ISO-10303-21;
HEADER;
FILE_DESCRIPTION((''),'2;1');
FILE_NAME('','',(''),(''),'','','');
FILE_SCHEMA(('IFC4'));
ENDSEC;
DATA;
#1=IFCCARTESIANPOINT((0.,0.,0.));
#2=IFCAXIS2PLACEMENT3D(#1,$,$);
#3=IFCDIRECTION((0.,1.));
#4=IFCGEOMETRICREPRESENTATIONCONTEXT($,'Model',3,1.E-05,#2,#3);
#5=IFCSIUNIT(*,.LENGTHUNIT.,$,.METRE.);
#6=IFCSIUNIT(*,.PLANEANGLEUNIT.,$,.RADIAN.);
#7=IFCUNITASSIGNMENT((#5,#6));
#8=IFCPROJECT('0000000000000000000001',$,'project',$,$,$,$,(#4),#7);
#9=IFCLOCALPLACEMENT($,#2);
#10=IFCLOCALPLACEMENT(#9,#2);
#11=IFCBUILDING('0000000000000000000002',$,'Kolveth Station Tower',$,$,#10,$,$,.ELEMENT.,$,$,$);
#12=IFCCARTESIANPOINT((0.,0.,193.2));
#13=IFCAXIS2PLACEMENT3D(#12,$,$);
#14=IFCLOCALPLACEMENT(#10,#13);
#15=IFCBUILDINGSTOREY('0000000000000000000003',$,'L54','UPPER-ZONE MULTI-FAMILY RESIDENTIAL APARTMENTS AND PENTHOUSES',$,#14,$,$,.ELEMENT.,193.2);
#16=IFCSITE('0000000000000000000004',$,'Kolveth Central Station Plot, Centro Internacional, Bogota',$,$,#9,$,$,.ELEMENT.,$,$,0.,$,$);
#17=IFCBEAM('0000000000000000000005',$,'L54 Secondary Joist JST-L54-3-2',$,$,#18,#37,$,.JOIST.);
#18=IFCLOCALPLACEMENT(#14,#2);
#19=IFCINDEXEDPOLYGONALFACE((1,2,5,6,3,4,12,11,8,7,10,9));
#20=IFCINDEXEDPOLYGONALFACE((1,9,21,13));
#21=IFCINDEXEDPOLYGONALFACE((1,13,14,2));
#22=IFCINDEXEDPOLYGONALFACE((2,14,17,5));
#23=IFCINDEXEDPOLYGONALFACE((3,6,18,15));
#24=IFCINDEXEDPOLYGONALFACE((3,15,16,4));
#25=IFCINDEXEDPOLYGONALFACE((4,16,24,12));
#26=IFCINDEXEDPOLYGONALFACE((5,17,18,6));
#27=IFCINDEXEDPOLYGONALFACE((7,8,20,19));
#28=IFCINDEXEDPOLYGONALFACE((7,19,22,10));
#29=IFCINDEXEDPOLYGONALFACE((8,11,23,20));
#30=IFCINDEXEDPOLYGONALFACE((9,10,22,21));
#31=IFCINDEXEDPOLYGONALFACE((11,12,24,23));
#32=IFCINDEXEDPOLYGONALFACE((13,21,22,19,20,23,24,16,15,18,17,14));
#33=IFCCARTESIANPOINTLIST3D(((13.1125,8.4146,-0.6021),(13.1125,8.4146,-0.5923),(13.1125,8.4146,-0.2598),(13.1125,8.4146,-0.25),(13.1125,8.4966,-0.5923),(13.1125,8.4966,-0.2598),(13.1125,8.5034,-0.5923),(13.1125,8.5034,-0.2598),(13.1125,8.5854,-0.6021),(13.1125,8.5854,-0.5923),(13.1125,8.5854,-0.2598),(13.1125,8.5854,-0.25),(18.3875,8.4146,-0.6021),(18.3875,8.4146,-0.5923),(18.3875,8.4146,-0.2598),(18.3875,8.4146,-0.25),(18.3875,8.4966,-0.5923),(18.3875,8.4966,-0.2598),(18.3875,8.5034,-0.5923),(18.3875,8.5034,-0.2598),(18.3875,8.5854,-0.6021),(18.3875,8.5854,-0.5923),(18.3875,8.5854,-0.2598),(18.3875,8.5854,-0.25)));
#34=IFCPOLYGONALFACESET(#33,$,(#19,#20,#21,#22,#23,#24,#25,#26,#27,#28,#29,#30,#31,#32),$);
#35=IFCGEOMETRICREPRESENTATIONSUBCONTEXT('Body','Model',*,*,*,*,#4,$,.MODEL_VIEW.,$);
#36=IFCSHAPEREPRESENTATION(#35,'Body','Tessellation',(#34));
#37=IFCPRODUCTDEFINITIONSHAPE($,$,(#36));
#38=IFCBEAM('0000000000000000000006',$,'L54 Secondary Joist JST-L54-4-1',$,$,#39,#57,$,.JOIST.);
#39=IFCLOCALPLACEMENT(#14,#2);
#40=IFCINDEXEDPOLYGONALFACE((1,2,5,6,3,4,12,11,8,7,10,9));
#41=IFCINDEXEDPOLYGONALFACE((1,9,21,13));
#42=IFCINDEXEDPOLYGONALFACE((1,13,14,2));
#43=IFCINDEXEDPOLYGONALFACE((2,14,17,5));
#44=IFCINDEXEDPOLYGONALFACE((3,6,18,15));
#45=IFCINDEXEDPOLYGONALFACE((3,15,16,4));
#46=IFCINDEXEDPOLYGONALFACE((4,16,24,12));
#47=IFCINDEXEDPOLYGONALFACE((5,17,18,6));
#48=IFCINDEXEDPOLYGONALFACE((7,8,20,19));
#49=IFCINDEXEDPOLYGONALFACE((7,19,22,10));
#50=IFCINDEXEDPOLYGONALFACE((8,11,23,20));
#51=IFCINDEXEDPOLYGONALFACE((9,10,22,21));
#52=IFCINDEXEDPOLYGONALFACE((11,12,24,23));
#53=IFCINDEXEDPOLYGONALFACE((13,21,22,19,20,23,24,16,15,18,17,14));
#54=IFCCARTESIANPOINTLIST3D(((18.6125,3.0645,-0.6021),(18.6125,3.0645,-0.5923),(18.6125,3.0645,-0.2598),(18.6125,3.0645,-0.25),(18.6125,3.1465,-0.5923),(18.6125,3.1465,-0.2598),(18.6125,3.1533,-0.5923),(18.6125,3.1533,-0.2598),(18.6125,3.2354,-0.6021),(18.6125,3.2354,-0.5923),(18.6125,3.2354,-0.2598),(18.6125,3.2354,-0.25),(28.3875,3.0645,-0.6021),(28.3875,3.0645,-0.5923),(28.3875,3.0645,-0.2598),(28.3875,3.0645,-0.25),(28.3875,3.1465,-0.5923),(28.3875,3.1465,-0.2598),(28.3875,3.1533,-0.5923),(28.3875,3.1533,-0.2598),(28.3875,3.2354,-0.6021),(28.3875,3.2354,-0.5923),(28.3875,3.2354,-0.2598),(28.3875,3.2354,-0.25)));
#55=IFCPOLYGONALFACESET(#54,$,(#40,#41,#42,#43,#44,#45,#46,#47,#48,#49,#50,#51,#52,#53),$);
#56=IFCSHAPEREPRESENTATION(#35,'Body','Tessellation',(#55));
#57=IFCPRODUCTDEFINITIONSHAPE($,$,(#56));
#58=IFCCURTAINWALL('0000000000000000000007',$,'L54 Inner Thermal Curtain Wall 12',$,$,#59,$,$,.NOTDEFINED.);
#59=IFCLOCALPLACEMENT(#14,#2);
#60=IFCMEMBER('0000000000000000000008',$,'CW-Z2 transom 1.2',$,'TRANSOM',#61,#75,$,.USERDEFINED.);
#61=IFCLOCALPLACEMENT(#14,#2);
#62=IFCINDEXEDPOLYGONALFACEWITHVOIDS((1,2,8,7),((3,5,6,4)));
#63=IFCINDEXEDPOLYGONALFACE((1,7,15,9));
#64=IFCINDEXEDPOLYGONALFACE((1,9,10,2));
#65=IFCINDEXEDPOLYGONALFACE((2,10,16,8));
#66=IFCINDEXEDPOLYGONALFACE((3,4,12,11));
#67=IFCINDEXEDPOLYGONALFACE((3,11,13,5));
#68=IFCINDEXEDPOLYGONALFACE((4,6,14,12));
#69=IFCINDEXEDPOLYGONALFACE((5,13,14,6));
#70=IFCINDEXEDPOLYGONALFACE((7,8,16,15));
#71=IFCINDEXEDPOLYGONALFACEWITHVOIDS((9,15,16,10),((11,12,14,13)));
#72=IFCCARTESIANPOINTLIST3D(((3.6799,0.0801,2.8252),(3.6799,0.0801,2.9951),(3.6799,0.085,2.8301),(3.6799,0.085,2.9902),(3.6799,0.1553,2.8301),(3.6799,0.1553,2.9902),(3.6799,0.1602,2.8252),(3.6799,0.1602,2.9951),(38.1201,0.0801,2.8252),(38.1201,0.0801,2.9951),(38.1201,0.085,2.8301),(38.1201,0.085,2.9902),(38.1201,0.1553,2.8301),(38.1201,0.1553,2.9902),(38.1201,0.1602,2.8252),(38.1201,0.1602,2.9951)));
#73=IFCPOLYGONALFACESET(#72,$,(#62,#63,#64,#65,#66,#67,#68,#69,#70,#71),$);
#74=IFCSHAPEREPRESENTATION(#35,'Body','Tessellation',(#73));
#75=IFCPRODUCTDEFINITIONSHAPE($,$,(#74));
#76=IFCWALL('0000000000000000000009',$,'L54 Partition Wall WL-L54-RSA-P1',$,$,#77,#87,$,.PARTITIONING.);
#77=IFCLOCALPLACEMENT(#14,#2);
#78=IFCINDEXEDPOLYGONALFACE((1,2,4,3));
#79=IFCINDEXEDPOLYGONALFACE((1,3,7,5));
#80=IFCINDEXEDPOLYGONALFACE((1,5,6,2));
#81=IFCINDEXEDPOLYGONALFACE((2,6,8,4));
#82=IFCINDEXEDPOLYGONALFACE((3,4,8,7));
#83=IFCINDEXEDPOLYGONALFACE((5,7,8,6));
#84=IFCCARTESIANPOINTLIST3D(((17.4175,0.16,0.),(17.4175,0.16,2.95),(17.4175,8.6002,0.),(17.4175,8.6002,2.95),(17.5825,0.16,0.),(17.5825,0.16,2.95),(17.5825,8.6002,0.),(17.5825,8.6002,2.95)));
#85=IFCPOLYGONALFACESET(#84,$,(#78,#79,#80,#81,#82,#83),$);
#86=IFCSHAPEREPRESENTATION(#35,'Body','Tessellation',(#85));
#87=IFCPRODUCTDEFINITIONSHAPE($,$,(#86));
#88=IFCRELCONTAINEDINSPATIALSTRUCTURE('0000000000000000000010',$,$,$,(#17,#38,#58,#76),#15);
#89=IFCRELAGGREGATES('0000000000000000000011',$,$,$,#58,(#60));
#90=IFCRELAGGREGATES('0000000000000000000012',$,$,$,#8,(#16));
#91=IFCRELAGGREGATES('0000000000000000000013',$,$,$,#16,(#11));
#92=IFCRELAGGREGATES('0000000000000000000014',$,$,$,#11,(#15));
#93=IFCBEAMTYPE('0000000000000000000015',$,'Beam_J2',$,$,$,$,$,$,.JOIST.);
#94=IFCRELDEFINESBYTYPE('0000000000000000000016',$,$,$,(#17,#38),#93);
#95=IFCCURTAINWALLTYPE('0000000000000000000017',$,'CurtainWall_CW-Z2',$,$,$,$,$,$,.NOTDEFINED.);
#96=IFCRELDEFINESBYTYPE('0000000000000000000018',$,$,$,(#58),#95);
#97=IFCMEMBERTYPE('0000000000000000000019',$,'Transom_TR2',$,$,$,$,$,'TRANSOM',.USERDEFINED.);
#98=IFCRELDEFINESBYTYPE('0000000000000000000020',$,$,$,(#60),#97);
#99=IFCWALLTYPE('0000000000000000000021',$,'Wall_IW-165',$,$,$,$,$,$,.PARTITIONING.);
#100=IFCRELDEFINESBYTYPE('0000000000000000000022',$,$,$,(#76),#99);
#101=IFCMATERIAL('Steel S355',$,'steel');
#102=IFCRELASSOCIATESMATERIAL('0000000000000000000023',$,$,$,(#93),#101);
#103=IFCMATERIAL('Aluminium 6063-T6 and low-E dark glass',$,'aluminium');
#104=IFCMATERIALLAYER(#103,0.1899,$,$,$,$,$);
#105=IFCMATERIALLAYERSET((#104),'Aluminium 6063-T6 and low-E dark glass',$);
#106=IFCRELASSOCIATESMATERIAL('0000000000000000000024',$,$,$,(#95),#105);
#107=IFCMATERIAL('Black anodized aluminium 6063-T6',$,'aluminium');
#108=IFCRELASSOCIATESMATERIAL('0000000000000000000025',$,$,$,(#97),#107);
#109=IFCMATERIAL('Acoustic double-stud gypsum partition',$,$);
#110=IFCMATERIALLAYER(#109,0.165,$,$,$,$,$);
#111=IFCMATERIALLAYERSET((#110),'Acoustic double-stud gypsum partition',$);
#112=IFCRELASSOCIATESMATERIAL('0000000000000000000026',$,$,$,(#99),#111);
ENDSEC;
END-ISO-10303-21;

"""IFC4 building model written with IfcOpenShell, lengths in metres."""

from ifc_helpers import new_model, si_unit, direction, frame, frame_2d, origin, origin_2d, place, context, subcontext, project, spatial, rectangle, hollow_rectangle, i_section, extrude, source, transform, mapped, material, layer, layer_set, material_profile, profile_set, type_object, element, aggregate, save


model = new_model("IFC4")

# Units and contexts
model_context = context("Model", 3, precision=1e-05, world=origin(), true_north=direction((0.0, 1.0)))
body_context = subcontext(model_context, "Body", "Model", "MODEL_VIEW")
ifc_project = project(units=[si_unit("LENGTHUNIT", "METRE"), si_unit("PLANEANGLEUNIT", "RADIAN")], contexts=[model_context])

# Site, building, storey
site_placement = place(None, origin())
site = spatial("IfcSite", under=ifc_project, at=site_placement, Name="Kolveth Central Station Plot, Centro Internacional, Bogota", CompositionType="ELEMENT", RefElevation=0.0)
building_placement = place(site_placement, origin())
building = spatial("IfcBuilding", under=site, at=building_placement, Name="Kolveth Station Tower", CompositionType="ELEMENT")
storey_placement = place(building_placement, frame((0.0, 0.0, 193.2)))
storey = spatial("IfcBuildingStorey", under=building, at=storey_placement, Name="L54", Description="UPPER-ZONE MULTI-FAMILY RESIDENTIAL APARTMENTS AND PENTHOUSES", CompositionType="ELEMENT", Elevation=193.2)

# Shared definitions
ifc_material_1 = material(Name="Steel S355", Category="steel")

# Beams
ifc_material_profile_1 = material_profile(ifc_material_1, i_section(OverallWidth=0.1709, OverallDepth=0.3521, WebThickness=0.0068, FlangeThickness=0.0098, at=origin_2d()), Name="W360x44")
ifc_profile_set_1 = profile_set([ifc_material_profile_1], Name="Steel S355")
beam_type_1 = type_object("IfcBeamType", Name="Beam_J2", PredefinedType="JOIST", material=ifc_profile_set_1)
shared_shape_1 = source(origin(), body_context, "Body", "SweptSolid", [
    extrude(i_section(OverallWidth=0.1709, OverallDepth=0.3521, WebThickness=0.0068, FlangeThickness=0.0098, at=origin_2d()), origin(), (0.0, 0.0, 1.0), 5.2749),
])
for number, where, z_axis, x_axis, name in (
    (1, (13.1125, 8.5, -0.426), (1.0, 0.0, 0.0), (0.0, 1.0, 0.0), "L54 Secondary Joist JST-L54-3-2"),
):
    element("IfcBeam", number, at=place(storey_placement, frame(where, z_axis=z_axis, x_axis=x_axis)), inside=storey, type_object=beam_type_1, Name=name, PredefinedType="JOIST", context=body_context, shape_type="MappedRepresentation", body=[
        mapped(shared_shape_1, transform((0.0, 0.0, 0.0), x_axis=(1.0, 0.0, 0.0), y_axis=(0.0, 1.0, 0.0), z_axis=(0.0, 0.0, 1.0), scale=1.0)),
    ])
shared_shape_2 = source(origin(), body_context, "Body", "SweptSolid", [
    extrude(i_section(OverallWidth=0.1709, OverallDepth=0.3521, WebThickness=0.0068, FlangeThickness=0.0098, at=origin_2d()), origin(), (0.0, 0.0, 1.0), 9.7749),
])
beam_1_placement = place(storey_placement, frame((18.6125, 3.1499, -0.426), z_axis=(1.0, 0.0, 0.0), x_axis=(0.0, 1.0, 0.0)))
element("IfcBeam", 2, at=beam_1_placement, inside=storey, type_object=beam_type_1, Name="L54 Secondary Joist JST-L54-4-1", PredefinedType="JOIST", context=body_context, shape_type="MappedRepresentation", body=[
    mapped(shared_shape_2, transform((0.0, 0.0, 0.0), x_axis=(1.0, 0.0, 0.0), y_axis=(0.0, 1.0, 0.0), z_axis=(0.0, 0.0, 1.0), scale=1.0)),
])

# Curtain wall, member
ifc_material_2 = material(Name="Aluminium 6063-T6 and low-E dark glass", Category="aluminium")
ifc_layer_1 = layer(ifc_material_2, 0.1899)
ifc_layer_set_1 = layer_set([ifc_layer_1], Name="Aluminium 6063-T6 and low-E dark glass")
curtain_wall_type = type_object("IfcCurtainWallType", Name="CurtainWall_CW-Z2", PredefinedType="NOTDEFINED", material=ifc_layer_set_1)
curtain_wall_placement = place(storey_placement, origin())
curtain_wall = element("IfcCurtainWall", 3, at=curtain_wall_placement, inside=storey, type_object=curtain_wall_type, Name="L54 Inner Thermal Curtain Wall 12", PredefinedType="NOTDEFINED")
ifc_material_3 = material(Name="Black anodized aluminium 6063-T6", Category="aluminium")
ifc_material_profile_2 = material_profile(ifc_material_3, hollow_rectangle(XDim=0.0801, YDim=0.1699, WallThickness=0.0049, at=origin_2d()), Name="ALU-80x170x5")
ifc_profile_set_2 = profile_set([ifc_material_profile_2], Name="Black anodized aluminium 6063-T6")
member_type = type_object("IfcMemberType", Name="Transom_TR2", ElementType="TRANSOM", PredefinedType="USERDEFINED", material=ifc_profile_set_2)
shared_shape_3 = source(origin(), body_context, "Body", "SweptSolid", [
    extrude(hollow_rectangle(XDim=0.0801, YDim=0.1699, WallThickness=0.0049, at=origin_2d()), origin(), (0.0, 0.0, 1.0), 34.4402),
])
member_placement = place(storey_placement, frame((3.6799, 0.1201, 2.9102), z_axis=(1.0, 0.0, 0.0), x_axis=(0.0, 1.0, 0.0)))
member = element("IfcMember", 4, at=member_placement, type_object=member_type, Name="CW-Z2 transom 1.2", ObjectType="TRANSOM", PredefinedType="USERDEFINED", context=body_context, shape_type="MappedRepresentation", body=[
    mapped(shared_shape_3, transform((0.0, 0.0, 0.0), x_axis=(1.0, 0.0, 0.0), y_axis=(0.0, 1.0, 0.0), z_axis=(0.0, 0.0, 1.0), scale=1.0)),
])
aggregate(curtain_wall, [member])

# Wall
ifc_material_4 = material(Name="Acoustic double-stud gypsum partition")
ifc_layer_2 = layer(ifc_material_4, 0.165)
ifc_layer_set_2 = layer_set([ifc_layer_2], Name="Acoustic double-stud gypsum partition")
wall_type = type_object("IfcWallType", Name="Wall_IW-165", PredefinedType="PARTITIONING", material=ifc_layer_set_2)
wall_placement = place(storey_placement, frame((17.5, 0.1599, 0.0), z_axis=(0.0, 0.0, 1.0), x_axis=(0.0, 1.0, 0.0)))
element("IfcWall", 5, at=wall_placement, inside=storey, type_object=wall_type, Name="L54 Partition Wall WL-L54-RSA-P1", PredefinedType="PARTITIONING", context=body_context, shape_type="SweptSolid", body=[
    extrude(rectangle(XDim=8.4402, YDim=0.165, at=frame_2d((4.2202, 0.0))), origin(), (0.0, 0.0, 1.0), 2.95),
])

save(model, "model.ifc")
